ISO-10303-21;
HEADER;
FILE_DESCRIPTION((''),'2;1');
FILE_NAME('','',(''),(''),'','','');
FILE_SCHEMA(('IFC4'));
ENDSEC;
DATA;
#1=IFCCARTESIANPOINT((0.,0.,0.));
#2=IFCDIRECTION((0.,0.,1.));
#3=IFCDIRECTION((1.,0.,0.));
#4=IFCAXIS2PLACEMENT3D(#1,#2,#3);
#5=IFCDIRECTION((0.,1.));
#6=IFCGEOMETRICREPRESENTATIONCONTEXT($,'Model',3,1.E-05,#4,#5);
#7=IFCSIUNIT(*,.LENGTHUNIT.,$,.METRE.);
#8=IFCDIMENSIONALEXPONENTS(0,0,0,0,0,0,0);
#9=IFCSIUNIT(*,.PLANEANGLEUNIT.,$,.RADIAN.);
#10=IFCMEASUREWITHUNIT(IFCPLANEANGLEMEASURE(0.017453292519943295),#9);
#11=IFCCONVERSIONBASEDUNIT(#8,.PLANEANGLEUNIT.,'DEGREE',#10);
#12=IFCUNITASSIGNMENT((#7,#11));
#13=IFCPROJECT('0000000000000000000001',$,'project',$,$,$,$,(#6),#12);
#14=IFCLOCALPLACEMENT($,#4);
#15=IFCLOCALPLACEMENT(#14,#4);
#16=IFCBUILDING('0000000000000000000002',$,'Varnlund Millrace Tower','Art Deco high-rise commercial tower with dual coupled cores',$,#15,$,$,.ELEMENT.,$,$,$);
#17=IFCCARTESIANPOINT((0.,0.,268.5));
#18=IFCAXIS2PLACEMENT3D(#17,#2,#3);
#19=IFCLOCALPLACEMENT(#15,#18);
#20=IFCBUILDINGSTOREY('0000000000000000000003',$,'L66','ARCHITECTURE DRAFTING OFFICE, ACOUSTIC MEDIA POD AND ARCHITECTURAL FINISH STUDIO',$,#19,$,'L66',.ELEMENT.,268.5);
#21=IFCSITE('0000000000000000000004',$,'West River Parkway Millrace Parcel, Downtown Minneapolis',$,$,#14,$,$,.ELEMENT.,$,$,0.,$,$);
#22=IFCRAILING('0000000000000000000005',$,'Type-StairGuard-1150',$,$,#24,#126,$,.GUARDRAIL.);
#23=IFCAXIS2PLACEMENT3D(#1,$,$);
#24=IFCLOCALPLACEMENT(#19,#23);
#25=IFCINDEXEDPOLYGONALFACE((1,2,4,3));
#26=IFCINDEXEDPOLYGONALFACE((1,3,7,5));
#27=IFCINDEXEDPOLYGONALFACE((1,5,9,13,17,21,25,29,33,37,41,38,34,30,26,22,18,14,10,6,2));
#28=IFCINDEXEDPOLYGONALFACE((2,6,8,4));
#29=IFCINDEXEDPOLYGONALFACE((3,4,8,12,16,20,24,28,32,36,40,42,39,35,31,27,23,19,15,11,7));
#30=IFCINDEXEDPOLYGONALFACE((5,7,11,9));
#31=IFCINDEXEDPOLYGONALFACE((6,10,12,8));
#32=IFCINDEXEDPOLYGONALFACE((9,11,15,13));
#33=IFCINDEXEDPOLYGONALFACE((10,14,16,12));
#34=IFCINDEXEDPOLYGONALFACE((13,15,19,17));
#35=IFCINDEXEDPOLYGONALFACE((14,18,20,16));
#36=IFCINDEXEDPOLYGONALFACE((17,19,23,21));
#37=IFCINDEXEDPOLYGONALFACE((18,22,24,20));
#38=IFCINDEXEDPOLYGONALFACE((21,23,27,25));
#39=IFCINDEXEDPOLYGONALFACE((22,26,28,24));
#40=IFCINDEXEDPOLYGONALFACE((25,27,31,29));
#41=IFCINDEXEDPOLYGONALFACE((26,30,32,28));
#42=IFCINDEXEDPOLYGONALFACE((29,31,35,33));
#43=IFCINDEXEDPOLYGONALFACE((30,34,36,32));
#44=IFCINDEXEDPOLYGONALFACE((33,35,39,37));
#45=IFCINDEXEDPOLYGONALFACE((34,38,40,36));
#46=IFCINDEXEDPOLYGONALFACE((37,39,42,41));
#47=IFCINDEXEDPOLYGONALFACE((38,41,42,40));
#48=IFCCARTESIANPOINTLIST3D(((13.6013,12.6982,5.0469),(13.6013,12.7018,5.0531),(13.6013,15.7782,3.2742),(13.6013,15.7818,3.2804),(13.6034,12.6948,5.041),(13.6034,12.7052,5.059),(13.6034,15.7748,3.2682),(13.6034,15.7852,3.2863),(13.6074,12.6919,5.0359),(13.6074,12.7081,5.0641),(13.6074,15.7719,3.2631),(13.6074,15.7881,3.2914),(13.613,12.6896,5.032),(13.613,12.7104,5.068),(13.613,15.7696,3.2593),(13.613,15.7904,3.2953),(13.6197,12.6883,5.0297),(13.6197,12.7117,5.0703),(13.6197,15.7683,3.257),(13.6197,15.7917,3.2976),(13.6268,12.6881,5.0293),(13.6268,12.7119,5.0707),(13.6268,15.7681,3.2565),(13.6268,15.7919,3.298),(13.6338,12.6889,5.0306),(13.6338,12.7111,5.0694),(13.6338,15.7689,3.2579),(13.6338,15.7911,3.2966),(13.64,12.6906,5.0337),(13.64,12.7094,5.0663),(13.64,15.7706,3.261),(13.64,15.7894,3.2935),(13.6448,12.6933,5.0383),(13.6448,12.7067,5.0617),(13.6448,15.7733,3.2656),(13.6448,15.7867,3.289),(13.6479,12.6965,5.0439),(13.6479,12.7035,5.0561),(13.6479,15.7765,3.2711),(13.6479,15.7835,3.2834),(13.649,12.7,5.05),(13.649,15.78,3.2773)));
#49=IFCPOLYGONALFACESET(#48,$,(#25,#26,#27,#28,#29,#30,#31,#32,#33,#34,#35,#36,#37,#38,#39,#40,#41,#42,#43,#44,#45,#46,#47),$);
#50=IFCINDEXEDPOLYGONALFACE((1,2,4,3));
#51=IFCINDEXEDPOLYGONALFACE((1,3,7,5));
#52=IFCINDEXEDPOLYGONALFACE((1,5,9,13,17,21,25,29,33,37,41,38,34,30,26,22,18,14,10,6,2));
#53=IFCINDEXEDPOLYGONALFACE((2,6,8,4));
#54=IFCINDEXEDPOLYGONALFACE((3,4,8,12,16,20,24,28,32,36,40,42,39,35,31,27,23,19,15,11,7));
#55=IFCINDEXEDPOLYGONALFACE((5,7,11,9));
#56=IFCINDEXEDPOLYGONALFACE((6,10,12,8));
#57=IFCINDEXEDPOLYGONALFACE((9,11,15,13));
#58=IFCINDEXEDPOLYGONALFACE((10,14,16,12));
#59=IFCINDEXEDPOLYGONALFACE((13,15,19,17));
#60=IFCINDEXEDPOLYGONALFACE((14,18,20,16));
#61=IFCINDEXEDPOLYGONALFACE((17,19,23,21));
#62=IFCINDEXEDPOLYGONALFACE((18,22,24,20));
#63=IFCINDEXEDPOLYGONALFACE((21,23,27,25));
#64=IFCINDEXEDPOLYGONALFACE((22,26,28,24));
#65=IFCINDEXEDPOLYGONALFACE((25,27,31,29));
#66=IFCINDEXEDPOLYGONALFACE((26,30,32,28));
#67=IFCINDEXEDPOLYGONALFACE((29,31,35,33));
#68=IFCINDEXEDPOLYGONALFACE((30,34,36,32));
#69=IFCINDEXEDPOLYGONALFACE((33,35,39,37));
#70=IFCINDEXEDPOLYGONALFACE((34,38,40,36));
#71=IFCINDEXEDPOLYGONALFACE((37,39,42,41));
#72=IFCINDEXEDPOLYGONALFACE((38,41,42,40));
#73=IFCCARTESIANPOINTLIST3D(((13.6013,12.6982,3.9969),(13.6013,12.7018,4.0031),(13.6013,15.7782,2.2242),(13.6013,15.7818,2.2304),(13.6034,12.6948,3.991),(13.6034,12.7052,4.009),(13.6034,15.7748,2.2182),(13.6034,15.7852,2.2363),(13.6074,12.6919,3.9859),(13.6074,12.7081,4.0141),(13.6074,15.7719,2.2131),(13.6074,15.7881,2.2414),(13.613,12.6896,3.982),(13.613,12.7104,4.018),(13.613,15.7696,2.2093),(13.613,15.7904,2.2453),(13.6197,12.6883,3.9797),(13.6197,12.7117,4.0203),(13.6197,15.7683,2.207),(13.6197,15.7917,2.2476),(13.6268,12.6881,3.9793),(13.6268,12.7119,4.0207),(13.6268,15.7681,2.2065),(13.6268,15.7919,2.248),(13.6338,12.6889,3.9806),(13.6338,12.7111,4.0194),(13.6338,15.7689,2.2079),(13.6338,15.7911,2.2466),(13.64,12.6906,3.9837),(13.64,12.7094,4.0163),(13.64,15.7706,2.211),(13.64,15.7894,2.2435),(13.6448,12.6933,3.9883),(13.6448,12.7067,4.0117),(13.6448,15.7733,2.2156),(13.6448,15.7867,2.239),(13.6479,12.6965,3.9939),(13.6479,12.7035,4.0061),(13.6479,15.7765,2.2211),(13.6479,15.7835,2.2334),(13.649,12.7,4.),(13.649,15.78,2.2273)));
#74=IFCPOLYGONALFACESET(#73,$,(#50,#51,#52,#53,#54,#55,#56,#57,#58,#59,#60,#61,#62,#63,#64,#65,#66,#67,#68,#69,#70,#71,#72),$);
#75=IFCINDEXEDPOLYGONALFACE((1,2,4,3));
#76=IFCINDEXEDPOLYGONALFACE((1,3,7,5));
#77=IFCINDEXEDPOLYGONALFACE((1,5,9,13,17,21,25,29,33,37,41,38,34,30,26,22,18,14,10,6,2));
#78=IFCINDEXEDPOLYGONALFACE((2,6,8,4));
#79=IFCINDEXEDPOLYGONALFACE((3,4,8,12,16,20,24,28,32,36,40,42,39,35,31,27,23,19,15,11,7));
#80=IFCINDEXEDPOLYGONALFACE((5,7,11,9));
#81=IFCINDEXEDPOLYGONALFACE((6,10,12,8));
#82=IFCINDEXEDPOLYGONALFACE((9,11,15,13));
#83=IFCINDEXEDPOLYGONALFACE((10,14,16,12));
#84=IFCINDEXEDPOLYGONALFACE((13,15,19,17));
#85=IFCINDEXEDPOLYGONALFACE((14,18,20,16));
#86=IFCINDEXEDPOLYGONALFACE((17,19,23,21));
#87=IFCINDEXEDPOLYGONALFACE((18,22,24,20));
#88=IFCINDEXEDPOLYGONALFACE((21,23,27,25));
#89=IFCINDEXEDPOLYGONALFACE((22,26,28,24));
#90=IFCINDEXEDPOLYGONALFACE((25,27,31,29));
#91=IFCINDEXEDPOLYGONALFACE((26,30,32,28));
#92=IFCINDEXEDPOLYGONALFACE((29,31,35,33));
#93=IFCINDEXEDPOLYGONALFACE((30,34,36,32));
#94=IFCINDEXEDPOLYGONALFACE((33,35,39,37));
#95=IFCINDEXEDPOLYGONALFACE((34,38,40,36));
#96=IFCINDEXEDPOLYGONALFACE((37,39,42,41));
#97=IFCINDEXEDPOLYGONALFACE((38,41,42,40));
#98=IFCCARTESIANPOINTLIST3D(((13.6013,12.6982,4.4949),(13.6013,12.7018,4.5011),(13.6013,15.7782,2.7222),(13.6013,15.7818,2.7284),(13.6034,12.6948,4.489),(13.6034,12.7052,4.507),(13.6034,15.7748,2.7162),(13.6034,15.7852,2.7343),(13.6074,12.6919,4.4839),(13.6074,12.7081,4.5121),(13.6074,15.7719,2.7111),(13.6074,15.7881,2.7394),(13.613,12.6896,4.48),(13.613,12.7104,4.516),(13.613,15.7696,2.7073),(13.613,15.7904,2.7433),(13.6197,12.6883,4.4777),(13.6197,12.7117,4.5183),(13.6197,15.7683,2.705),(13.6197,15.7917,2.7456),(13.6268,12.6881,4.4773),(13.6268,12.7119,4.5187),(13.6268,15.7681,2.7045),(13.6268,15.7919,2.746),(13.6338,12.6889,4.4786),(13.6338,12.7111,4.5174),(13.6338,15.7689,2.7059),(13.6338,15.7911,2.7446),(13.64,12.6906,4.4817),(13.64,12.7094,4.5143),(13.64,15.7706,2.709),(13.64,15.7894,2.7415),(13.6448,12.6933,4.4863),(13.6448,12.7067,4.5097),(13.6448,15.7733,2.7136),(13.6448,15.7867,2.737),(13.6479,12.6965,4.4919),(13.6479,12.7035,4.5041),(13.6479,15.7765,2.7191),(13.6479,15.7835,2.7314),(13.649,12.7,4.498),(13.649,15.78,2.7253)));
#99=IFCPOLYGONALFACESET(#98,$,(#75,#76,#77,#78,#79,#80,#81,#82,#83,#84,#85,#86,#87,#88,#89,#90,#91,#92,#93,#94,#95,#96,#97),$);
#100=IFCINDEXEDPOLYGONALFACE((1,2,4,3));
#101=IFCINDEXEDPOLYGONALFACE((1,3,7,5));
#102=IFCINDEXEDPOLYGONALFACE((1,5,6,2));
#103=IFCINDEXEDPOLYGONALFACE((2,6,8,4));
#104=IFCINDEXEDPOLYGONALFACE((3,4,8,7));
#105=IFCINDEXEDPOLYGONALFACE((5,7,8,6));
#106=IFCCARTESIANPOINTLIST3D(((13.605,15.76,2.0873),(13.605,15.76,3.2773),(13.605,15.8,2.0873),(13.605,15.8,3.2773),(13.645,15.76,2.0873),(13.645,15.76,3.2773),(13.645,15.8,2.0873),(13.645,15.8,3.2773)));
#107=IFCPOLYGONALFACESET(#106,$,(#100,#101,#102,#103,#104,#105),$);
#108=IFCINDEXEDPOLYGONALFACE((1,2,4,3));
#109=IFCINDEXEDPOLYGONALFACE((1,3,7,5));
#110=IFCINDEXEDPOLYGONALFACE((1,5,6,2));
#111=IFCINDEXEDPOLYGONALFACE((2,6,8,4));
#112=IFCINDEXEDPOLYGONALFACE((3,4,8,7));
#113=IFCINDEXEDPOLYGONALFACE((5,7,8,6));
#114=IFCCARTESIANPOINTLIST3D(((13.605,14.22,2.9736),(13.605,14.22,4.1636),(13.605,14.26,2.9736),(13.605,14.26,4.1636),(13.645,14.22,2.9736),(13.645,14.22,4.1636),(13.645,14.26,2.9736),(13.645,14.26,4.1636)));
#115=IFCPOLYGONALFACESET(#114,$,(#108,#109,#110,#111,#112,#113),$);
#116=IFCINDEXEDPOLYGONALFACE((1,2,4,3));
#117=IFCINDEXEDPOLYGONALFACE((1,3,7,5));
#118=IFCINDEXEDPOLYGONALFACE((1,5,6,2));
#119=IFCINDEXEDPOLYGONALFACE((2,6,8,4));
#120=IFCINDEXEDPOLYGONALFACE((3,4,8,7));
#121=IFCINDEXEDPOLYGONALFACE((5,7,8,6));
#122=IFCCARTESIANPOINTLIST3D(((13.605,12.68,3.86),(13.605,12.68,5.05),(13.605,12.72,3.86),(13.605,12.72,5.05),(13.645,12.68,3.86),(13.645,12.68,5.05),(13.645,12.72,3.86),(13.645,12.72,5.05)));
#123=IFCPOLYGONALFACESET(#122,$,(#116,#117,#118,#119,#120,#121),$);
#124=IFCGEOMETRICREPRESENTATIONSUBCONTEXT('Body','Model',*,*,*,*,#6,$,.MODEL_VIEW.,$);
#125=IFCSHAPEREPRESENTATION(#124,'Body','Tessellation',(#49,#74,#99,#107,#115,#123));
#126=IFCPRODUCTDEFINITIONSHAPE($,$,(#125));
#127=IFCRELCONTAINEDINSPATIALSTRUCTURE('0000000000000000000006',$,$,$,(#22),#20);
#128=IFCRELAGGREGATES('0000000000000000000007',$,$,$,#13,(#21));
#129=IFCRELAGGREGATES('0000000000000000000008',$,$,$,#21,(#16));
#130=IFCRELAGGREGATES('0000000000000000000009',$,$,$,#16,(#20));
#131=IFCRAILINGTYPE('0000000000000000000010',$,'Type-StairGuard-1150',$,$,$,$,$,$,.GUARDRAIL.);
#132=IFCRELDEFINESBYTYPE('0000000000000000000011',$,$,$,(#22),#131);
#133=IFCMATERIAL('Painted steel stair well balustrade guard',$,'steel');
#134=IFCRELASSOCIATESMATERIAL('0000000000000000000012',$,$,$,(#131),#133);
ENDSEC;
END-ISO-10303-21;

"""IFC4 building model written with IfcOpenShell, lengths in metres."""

from ifc_helpers import new_model, entity, si_unit, converted_unit, direction, frame, origin_with_axes, origin_2d_with_axis, place, context, subcontext, project, spatial, rectangle, circle, extrude, material, type_object, element, save


model = new_model("IFC4")

# Units and contexts
model_context = context("Model", 3, precision=1e-05, world=origin_with_axes(), true_north=direction((0.0, 1.0)))
body_context = subcontext(model_context, "Body", "Model", "MODEL_VIEW")
ifc_project = project(units=[si_unit("LENGTHUNIT", "METRE"), converted_unit("PLANEANGLEUNIT", "DEGREE", entity("IfcPlaneAngleMeasure", 0.017453292519943295), si_unit("PLANEANGLEUNIT", "RADIAN"), dimensions=[0, 0, 0, 0, 0, 0, 0])], contexts=[model_context])

# Site, building, storey
site_placement = place(None, origin_with_axes())
site = spatial("IfcSite", under=ifc_project, at=site_placement, Name="West River Parkway Millrace Parcel, Downtown Minneapolis", CompositionType="ELEMENT", RefElevation=0.0)
building_placement = place(site_placement, origin_with_axes())
building = spatial("IfcBuilding", under=site, at=building_placement, Name="Varnlund Millrace Tower", Description="Art Deco high-rise commercial tower with dual coupled cores", CompositionType="ELEMENT")
storey_placement = place(building_placement, frame((0.0, 0.0, 268.5), z_axis=(0.0, 0.0, 1.0), x_axis=(1.0, 0.0, 0.0)))
storey = spatial("IfcBuildingStorey", under=building, at=storey_placement, Name="L66", Description="ARCHITECTURE DRAFTING OFFICE, ACOUSTIC MEDIA POD AND ARCHITECTURAL FINISH STUDIO", LongName="L66", CompositionType="ELEMENT", Elevation=268.5)

# Railing
ifc_material_1 = material(Name="Painted steel stair well balustrade guard", Category="steel")
railing_type_1 = type_object("IfcRailingType", Name="Type-StairGuard-1150", PredefinedType="GUARDRAIL", material=ifc_material_1)
railing_1_placement = place(storey_placement, frame((0.0, 0.0, -268.5), z_axis=(0.0, 0.0, 1.0), x_axis=(1.0, 0.0, 0.0)))
element("IfcRailing", 1, at=railing_1_placement, inside=storey, type_object=railing_type_1, Name="Type-StairGuard-1150", PredefinedType="GUARDRAIL", context=body_context, shape_type="SweptSolid", body=[
    extrude(circle(Radius=0.024, at=origin_2d_with_axis()), frame((13.625, 15.78, 271.7773), z_axis=(0.0, -0.866696, 0.498836), x_axis=(1.0, 0.0, 0.0)), (0.0, 0.0, 1.0), 3.5537),
    extrude(circle(Radius=0.024, at=origin_2d_with_axis()), frame((13.625, 15.78, 270.7273), z_axis=(0.0, -0.866696, 0.498836), x_axis=(1.0, 0.0, 0.0)), (0.0, 0.0, 1.0), 3.5537),
    extrude(circle(Radius=0.024, at=origin_2d_with_axis()), frame((13.625, 15.78, 271.2253), z_axis=(0.0, -0.866696, 0.498836), x_axis=(1.0, 0.0, 0.0)), (0.0, 0.0, 1.0), 3.5537),
    extrude(rectangle(XDim=0.04, YDim=0.04, at=origin_2d_with_axis()), frame((13.625, 15.78, 270.5873), z_axis=(0.0, 0.0, 1.0), x_axis=(1.0, 0.0, 0.0)), (0.0, 0.0, 1.0), 1.19),
    extrude(rectangle(XDim=0.04, YDim=0.04, at=origin_2d_with_axis()), frame((13.625, 14.24, 271.4736), z_axis=(0.0, 0.0, 1.0), x_axis=(1.0, 0.0, 0.0)), (0.0, 0.0, 1.0), 1.19),
    extrude(rectangle(XDim=0.04, YDim=0.04, at=origin_2d_with_axis()), frame((13.625, 12.7, 272.36), z_axis=(0.0, 0.0, 1.0), x_axis=(1.0, 0.0, 0.0)), (0.0, 0.0, 1.0), 1.19),
])

save(model, "model.ifc")
